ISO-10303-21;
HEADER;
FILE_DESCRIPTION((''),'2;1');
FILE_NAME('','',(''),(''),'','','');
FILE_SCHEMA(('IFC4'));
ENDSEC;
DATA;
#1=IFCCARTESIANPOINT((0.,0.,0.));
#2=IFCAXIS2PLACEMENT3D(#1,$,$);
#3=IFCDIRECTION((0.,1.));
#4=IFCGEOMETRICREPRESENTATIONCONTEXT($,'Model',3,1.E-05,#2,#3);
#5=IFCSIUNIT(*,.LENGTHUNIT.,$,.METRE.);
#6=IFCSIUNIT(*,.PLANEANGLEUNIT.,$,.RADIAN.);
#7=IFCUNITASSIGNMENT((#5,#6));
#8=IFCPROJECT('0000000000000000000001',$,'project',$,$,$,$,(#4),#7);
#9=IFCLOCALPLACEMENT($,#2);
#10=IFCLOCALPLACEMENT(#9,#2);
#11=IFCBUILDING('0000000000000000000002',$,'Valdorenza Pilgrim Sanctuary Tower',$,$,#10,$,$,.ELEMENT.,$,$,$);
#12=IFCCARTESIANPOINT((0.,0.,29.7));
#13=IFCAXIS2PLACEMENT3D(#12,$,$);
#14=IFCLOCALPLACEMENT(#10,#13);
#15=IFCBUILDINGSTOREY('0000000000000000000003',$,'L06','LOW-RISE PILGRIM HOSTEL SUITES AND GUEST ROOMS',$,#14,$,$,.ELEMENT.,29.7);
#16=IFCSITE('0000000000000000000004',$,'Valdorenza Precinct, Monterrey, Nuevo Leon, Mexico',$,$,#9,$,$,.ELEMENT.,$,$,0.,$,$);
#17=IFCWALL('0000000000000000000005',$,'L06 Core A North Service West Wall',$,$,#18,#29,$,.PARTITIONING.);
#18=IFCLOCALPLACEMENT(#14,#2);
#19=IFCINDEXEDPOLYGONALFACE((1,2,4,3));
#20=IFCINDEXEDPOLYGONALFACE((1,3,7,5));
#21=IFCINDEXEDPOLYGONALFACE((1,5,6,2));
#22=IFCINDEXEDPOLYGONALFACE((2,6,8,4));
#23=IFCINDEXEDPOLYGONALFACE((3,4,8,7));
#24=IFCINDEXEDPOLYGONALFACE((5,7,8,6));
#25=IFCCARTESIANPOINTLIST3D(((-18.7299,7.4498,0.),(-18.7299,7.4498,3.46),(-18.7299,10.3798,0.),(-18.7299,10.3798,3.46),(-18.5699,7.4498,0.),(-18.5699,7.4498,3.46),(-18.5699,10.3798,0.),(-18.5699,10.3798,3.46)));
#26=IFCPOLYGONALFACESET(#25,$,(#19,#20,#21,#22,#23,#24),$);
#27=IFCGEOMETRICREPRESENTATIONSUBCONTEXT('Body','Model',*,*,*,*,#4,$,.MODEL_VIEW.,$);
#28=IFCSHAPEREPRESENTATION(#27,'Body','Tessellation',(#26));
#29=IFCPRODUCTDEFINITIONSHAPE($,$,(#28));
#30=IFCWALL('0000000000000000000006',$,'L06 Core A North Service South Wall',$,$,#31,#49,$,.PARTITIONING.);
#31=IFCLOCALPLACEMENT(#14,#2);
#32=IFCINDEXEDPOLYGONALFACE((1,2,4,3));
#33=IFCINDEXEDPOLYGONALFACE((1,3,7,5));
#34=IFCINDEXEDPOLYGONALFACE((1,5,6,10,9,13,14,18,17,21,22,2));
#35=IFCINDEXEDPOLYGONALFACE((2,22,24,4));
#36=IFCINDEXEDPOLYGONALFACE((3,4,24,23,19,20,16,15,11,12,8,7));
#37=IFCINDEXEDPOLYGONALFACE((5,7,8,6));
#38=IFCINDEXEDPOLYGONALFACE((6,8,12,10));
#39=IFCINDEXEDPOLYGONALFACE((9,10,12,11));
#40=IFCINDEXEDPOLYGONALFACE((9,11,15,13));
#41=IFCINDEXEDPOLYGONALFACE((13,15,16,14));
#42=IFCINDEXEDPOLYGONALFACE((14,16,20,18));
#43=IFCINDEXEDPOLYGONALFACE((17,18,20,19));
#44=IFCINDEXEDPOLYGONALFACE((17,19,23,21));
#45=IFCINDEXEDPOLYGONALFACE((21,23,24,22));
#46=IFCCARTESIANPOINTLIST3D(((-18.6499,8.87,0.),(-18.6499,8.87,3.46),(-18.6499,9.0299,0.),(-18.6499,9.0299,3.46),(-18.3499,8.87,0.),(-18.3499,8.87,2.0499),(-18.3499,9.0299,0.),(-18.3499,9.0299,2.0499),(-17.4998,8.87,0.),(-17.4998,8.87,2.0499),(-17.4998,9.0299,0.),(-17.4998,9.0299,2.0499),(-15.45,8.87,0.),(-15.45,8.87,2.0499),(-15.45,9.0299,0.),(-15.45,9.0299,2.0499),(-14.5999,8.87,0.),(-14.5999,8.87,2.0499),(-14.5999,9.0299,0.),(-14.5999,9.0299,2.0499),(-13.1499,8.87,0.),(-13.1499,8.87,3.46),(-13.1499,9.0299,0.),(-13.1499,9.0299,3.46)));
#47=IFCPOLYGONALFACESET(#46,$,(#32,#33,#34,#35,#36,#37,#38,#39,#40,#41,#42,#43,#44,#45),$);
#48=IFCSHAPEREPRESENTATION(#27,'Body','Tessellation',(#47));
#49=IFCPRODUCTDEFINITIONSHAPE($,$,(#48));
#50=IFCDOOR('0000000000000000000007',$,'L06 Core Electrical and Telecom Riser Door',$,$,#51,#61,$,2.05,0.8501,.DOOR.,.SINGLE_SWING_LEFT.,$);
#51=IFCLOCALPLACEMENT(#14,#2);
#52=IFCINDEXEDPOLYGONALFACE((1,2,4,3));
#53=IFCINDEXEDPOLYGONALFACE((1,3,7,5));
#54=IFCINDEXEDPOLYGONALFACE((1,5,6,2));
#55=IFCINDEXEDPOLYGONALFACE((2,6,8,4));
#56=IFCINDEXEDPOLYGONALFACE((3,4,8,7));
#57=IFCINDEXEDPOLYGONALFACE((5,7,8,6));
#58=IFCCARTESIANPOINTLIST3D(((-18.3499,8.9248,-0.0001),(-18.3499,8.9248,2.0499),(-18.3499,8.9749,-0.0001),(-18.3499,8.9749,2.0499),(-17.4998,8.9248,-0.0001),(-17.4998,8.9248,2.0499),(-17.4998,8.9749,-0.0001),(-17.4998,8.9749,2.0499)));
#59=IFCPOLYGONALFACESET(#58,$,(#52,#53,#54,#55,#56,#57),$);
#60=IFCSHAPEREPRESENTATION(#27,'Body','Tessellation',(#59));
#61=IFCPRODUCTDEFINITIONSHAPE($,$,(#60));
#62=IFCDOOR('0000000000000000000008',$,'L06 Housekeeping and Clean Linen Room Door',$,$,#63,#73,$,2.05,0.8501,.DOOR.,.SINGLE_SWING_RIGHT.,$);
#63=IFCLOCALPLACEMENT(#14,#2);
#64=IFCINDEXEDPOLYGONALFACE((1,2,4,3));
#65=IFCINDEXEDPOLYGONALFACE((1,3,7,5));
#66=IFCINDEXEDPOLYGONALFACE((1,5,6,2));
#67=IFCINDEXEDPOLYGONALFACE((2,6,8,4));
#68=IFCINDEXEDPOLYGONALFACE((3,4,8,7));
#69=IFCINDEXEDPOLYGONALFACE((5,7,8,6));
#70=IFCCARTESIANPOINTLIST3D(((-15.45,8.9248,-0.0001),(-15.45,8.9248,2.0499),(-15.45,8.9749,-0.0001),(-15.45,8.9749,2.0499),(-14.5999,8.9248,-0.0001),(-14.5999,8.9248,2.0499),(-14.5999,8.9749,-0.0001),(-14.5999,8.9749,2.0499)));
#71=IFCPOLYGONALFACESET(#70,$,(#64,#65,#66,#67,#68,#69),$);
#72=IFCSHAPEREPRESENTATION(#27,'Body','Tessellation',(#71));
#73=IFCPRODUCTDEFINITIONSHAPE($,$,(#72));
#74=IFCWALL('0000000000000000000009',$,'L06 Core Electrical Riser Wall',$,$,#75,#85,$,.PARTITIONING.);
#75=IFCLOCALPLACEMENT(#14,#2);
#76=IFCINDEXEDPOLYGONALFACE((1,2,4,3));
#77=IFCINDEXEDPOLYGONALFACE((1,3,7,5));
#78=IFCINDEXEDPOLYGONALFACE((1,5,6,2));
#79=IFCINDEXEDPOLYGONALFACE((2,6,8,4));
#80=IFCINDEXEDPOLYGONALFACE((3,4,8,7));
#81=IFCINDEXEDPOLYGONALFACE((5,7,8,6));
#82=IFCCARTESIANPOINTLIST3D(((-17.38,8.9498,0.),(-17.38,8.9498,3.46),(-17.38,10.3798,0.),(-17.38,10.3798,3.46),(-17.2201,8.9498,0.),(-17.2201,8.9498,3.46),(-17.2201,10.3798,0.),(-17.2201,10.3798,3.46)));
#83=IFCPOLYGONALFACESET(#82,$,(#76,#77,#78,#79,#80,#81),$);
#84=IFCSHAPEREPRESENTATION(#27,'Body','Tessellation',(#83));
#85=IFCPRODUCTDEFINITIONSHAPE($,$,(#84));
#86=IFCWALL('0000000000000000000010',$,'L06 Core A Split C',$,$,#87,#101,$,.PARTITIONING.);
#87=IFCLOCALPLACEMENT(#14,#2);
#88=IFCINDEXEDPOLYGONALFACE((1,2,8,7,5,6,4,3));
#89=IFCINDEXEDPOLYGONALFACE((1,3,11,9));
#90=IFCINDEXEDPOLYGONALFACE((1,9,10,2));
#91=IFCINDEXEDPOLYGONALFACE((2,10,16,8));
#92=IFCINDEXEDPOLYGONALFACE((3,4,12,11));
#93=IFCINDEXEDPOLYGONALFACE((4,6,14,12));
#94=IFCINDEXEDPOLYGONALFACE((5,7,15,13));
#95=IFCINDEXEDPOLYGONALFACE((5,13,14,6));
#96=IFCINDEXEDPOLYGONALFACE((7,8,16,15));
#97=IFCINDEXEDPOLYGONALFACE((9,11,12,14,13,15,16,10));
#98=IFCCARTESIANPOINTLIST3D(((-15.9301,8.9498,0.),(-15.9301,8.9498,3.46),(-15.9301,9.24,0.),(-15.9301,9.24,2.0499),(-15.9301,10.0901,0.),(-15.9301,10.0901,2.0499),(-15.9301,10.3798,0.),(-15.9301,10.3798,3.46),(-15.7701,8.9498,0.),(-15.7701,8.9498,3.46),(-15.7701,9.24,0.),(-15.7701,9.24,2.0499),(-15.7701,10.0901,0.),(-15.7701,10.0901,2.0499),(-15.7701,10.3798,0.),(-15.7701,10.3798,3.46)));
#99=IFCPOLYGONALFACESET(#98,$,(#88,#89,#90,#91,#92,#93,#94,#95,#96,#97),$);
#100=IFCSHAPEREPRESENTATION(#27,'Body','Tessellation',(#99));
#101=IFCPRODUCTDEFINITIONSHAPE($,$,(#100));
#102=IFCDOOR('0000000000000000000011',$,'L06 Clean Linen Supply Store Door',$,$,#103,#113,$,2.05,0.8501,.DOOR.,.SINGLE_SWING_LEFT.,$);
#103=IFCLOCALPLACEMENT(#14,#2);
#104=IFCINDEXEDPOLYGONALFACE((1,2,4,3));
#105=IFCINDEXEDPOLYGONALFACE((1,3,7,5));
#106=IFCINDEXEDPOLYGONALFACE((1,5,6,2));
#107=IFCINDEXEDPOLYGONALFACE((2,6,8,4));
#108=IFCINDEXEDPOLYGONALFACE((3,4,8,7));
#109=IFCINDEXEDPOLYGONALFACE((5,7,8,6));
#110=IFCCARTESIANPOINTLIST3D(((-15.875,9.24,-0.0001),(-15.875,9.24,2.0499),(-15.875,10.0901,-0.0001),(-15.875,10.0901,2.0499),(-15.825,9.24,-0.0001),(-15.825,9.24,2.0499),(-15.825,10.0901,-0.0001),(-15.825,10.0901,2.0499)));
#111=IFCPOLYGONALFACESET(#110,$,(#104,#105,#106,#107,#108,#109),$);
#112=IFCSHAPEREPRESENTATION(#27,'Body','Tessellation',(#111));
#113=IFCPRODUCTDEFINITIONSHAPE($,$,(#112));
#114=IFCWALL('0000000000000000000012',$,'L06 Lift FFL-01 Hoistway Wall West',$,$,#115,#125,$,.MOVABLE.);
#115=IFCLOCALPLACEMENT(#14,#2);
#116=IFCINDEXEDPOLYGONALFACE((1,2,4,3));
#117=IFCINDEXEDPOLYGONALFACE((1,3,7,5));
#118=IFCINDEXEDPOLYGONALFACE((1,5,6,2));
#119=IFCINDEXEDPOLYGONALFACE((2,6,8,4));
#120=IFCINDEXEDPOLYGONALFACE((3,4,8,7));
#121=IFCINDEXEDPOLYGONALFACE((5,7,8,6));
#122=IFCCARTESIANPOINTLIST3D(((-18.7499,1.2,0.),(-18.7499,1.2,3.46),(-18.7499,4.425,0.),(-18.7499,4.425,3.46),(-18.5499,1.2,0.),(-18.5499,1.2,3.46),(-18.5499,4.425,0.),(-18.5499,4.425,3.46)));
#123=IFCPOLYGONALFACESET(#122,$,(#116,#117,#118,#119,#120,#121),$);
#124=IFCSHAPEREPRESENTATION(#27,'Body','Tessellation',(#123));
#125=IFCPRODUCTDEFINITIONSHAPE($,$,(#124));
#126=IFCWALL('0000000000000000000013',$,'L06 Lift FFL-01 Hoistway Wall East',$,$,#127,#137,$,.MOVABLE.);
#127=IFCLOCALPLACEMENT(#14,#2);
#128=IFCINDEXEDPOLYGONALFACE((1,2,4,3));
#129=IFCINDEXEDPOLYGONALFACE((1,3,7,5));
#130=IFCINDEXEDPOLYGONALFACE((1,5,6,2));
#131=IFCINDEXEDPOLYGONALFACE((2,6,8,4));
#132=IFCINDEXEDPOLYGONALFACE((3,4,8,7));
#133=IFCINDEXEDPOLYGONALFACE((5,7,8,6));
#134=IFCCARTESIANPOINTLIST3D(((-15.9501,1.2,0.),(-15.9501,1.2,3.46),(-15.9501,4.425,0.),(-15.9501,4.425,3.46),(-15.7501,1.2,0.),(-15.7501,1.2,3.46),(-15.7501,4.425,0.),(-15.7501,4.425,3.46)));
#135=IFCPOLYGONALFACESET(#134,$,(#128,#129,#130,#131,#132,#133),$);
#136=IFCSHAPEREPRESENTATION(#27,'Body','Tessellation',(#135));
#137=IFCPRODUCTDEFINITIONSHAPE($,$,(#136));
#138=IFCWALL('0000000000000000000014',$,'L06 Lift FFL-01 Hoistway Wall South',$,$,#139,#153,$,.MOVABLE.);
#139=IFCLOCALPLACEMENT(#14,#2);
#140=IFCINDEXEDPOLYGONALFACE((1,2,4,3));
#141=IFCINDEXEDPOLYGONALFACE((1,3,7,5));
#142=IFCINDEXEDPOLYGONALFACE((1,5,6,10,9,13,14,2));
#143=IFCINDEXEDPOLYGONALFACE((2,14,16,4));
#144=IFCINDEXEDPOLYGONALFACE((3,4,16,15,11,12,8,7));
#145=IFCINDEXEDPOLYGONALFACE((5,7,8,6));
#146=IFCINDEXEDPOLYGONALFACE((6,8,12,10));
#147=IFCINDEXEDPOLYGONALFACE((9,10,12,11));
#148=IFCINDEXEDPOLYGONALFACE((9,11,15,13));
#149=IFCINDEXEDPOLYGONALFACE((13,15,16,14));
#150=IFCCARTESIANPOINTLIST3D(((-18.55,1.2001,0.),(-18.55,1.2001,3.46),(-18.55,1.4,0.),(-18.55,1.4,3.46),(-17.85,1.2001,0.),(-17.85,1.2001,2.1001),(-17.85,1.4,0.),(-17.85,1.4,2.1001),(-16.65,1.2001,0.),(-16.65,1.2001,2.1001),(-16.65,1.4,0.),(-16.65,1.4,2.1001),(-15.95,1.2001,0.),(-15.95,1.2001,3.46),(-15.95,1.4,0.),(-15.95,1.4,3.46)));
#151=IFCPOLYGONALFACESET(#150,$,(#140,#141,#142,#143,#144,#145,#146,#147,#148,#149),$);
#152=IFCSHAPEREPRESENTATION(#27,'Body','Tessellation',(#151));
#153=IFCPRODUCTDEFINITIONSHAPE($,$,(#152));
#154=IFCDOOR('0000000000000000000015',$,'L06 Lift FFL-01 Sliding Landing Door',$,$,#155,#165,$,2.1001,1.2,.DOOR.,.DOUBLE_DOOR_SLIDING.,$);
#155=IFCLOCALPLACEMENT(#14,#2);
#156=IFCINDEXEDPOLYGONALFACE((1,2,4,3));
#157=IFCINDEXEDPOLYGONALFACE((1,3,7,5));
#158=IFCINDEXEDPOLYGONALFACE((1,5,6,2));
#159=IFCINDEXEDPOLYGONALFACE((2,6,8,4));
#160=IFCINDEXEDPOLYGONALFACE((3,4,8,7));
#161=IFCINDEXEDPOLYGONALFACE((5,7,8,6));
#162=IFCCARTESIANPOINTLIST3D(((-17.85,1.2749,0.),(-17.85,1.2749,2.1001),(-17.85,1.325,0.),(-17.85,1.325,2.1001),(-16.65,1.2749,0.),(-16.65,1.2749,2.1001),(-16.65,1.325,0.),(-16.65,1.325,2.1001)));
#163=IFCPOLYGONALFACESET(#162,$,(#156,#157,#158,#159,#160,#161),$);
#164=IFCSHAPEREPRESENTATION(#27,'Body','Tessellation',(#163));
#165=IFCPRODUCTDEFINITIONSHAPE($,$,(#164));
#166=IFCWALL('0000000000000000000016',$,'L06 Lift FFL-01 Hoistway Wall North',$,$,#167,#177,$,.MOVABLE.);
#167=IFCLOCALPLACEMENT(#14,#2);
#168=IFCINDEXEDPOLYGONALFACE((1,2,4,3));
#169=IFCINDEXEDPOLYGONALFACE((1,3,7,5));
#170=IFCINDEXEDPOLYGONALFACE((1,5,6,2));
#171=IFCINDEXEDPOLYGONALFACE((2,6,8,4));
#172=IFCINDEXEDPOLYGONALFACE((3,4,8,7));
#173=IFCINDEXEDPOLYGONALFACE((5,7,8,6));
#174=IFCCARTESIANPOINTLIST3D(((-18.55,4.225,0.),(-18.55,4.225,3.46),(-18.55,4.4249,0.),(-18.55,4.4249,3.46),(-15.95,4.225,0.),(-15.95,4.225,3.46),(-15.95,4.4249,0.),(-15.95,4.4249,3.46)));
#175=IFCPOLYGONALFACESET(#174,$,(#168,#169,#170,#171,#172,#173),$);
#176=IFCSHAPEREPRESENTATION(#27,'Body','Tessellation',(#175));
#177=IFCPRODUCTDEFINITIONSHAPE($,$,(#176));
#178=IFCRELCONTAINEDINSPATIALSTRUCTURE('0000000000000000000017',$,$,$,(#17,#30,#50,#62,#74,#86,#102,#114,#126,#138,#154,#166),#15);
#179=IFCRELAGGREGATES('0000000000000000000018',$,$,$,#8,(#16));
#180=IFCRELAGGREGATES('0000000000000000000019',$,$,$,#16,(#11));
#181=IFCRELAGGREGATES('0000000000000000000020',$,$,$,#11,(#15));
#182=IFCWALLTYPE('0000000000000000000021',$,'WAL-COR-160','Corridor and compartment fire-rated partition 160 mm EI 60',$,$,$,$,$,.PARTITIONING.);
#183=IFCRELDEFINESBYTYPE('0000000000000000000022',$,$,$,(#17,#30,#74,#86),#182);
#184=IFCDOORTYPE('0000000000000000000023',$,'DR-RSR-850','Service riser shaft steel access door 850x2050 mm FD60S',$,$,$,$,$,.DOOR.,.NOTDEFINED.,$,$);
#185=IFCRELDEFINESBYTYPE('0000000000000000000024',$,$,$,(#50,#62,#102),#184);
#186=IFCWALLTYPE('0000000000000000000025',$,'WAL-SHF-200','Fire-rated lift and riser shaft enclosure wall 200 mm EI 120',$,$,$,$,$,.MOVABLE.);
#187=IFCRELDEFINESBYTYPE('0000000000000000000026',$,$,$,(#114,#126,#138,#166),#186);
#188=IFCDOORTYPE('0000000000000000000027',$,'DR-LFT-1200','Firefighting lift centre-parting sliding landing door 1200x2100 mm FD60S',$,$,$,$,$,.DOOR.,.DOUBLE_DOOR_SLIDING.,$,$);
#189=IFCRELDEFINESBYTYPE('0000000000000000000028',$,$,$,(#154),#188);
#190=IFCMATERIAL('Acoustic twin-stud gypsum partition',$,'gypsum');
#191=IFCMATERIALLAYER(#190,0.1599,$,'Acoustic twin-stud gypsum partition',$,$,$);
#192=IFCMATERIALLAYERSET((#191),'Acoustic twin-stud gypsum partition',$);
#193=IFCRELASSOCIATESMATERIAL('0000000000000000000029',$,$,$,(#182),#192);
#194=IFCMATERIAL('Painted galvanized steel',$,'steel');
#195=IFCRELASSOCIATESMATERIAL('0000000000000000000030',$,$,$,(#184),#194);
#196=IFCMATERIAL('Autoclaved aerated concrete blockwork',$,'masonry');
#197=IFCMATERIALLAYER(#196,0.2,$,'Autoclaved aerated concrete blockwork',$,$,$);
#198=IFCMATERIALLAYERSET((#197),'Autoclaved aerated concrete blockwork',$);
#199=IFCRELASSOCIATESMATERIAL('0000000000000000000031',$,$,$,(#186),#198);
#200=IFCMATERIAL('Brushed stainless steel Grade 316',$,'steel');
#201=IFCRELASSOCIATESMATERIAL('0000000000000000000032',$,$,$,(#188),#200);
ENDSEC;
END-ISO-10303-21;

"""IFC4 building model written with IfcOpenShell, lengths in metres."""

from ifc_helpers import new_model, si_unit, direction, frame, frame_2d, origin, place, context, subcontext, project, spatial, rectangle, extrude, material, layer, layer_set, type_object, element, fill, save


model = new_model("IFC4")

# Units and contexts
model_context = context("Model", 3, precision=1e-05, world=origin(), true_north=direction((0.0, 1.0)))
body_context = subcontext(model_context, "Body", "Model", "MODEL_VIEW")
ifc_project = project(units=[si_unit("LENGTHUNIT", "METRE"), si_unit("PLANEANGLEUNIT", "RADIAN")], contexts=[model_context])

# Site, building, storey
site_placement = place(None, origin())
site = spatial("IfcSite", under=ifc_project, at=site_placement, Name="Valdorenza Precinct, Monterrey, Nuevo Leon, Mexico", CompositionType="ELEMENT", RefElevation=0.0)
building_placement = place(site_placement, origin())
building = spatial("IfcBuilding", under=site, at=building_placement, Name="Valdorenza Pilgrim Sanctuary Tower", CompositionType="ELEMENT")
storey_placement = place(building_placement, frame((0.0, 0.0, 29.7)))
storey = spatial("IfcBuildingStorey", under=building, at=storey_placement, Name="L06", Description="LOW-RISE PILGRIM HOSTEL SUITES AND GUEST ROOMS", CompositionType="ELEMENT", Elevation=29.7)

# Wall
ifc_material_1 = material(Name="Acoustic twin-stud gypsum partition", Category="gypsum")
ifc_layer_1 = layer(ifc_material_1, 0.1599, Name="Acoustic twin-stud gypsum partition")
ifc_layer_set_1 = layer_set([ifc_layer_1], Name="Acoustic twin-stud gypsum partition")
wall_type_1 = type_object("IfcWallType", Name="WAL-COR-160", Description="Corridor and compartment fire-rated partition 160 mm EI 60", PredefinedType="PARTITIONING", material=ifc_layer_set_1)
wall_1_placement = place(storey_placement, frame((-18.6499, 7.45, 0.0), z_axis=(0.0, 0.0, 1.0), x_axis=(0.0, 1.0, 0.0)))
element("IfcWall", 1, at=wall_1_placement, inside=storey, type_object=wall_type_1, Name="L06 Core A North Service West Wall", PredefinedType="PARTITIONING", context=body_context, shape_type="SweptSolid", body=[
    extrude(rectangle(XDim=2.9299, YDim=0.1599, at=frame_2d((1.4648, 0.0))), origin(), (0.0, 0.0, 1.0), 3.46),
])

# Wall, openings, doors
wall_2_placement = place(storey_placement, frame((-18.6499, 8.95, 0.0), z_axis=(0.0, 0.0, 1.0), x_axis=(1.0, 0.0, 0.0)))
wall_2 = element("IfcWall", 2, at=wall_2_placement, inside=storey, type_object=wall_type_1, Name="L06 Core A North Service South Wall", PredefinedType="PARTITIONING", context=body_context, shape_type="SweptSolid", body=[
    extrude(rectangle(XDim=5.5, YDim=0.1599, at=frame_2d((2.75, 0.0))), origin(), (0.0, 0.0, 1.0), 3.46),
])
opening_1_placement = place(wall_2_placement, frame((0.3, 0.0, 0.0)))
opening_1 = element("IfcOpeningElement", 3, at=opening_1_placement, cuts=wall_2, PredefinedType="OPENING", context=body_context, shape_type="SweptSolid", body=[
    extrude(rectangle(XDim=0.8501, YDim=2.05, at=frame_2d((0.425, 1.0249))), frame((0.0, 0.0947, 0.0), z_axis=(0.0, -1.0, 0.0), x_axis=(1.0, 0.0, 0.0)), (0.0, 0.0, 1.0), 0.1897),
])
opening_2_placement = place(wall_2_placement, frame((3.2, 0.0, 0.0)))
opening_2 = element("IfcOpeningElement", 4, at=opening_2_placement, cuts=wall_2, PredefinedType="OPENING", context=body_context, shape_type="SweptSolid", body=[
    extrude(rectangle(XDim=0.8501, YDim=2.05, at=frame_2d((0.425, 1.0249))), frame((0.0, 0.0947, 0.0), z_axis=(0.0, -1.0, 0.0), x_axis=(1.0, 0.0, 0.0)), (0.0, 0.0, 1.0), 0.1897),
])
ifc_material_2 = material(Name="Painted galvanized steel", Category="steel")
door_type_1 = type_object("IfcDoorType", Name="DR-RSR-850", Description="Service riser shaft steel access door 850x2050 mm FD60S", OperationType="NOTDEFINED", PredefinedType="DOOR", material=ifc_material_2)
door_1_placement = place(opening_1_placement, origin())
door_1 = element("IfcDoor", 5, at=door_1_placement, inside=storey, type_object=door_type_1, Name="L06 Core Electrical and Telecom Riser Door", OperationType="SINGLE_SWING_LEFT", OverallHeight=2.05, OverallWidth=0.8501, PredefinedType="DOOR", context=body_context, shape_type="SweptSolid", body=[
    extrude(rectangle(XDim=0.8501, YDim=2.05, at=frame_2d((0.425, 1.0249))), frame((0.0, 0.0249, 0.0), z_axis=(0.0, -1.0, 0.0), x_axis=(1.0, 0.0, 0.0)), (0.0, 0.0, 1.0), 0.05),
])
fill(opening_1, door_1)
door_2_placement = place(opening_2_placement, origin())
door_2 = element("IfcDoor", 6, at=door_2_placement, inside=storey, type_object=door_type_1, Name="L06 Housekeeping and Clean Linen Room Door", OperationType="SINGLE_SWING_RIGHT", OverallHeight=2.05, OverallWidth=0.8501, PredefinedType="DOOR", context=body_context, shape_type="SweptSolid", body=[
    extrude(rectangle(XDim=0.8501, YDim=2.05, at=frame_2d((0.425, 1.0249))), frame((0.0, 0.0249, 0.0), z_axis=(0.0, -1.0, 0.0), x_axis=(1.0, 0.0, 0.0)), (0.0, 0.0, 1.0), 0.05),
])
fill(opening_2, door_2)

# Wall
wall_3_placement = place(storey_placement, frame((-17.3, 8.95, 0.0), z_axis=(0.0, 0.0, 1.0), x_axis=(0.0, 1.0, 0.0)))
element("IfcWall", 7, at=wall_3_placement, inside=storey, type_object=wall_type_1, Name="L06 Core Electrical Riser Wall", PredefinedType="PARTITIONING", context=body_context, shape_type="SweptSolid", body=[
    extrude(rectangle(XDim=1.4299, YDim=0.1599, at=frame_2d((0.7148, 0.0))), origin(), (0.0, 0.0, 1.0), 3.46),
])

# Wall, opening, door
wall_4_placement = place(storey_placement, frame((-15.8501, 8.95, 0.0), z_axis=(0.0, 0.0, 1.0), x_axis=(0.0, 1.0, 0.0)))
wall_4 = element("IfcWall", 8, at=wall_4_placement, inside=storey, type_object=wall_type_1, Name="L06 Core A Split C", PredefinedType="PARTITIONING", context=body_context, shape_type="SweptSolid", body=[
    extrude(rectangle(XDim=1.4299, YDim=0.1599, at=frame_2d((0.7148, 0.0))), origin(), (0.0, 0.0, 1.0), 3.46),
])
opening_3_placement = place(wall_4_placement, frame((0.29, 0.0, 0.0)))
opening_3 = element("IfcOpeningElement", 9, at=opening_3_placement, cuts=wall_4, PredefinedType="OPENING", context=body_context, shape_type="SweptSolid", body=[
    extrude(rectangle(XDim=0.8501, YDim=2.05, at=frame_2d((0.425, 1.0249))), frame((0.0, 0.0947, 0.0), z_axis=(0.0, -1.0, 0.0), x_axis=(1.0, 0.0, 0.0)), (0.0, 0.0, 1.0), 0.1897),
])
door_3_placement = place(opening_3_placement, origin())
door_3 = element("IfcDoor", 10, at=door_3_placement, inside=storey, type_object=door_type_1, Name="L06 Clean Linen Supply Store Door", OperationType="SINGLE_SWING_LEFT", OverallHeight=2.05, OverallWidth=0.8501, PredefinedType="DOOR", context=body_context, shape_type="SweptSolid", body=[
    extrude(rectangle(XDim=0.8501, YDim=2.05, at=frame_2d((0.425, 1.0249))), frame((0.0, 0.0249, 0.0), z_axis=(0.0, -1.0, 0.0), x_axis=(1.0, 0.0, 0.0)), (0.0, 0.0, 1.0), 0.05),
])
fill(opening_3, door_3)

# Walls
ifc_material_3 = material(Name="Autoclaved aerated concrete blockwork", Category="masonry")
ifc_layer_2 = layer(ifc_material_3, 0.2, Name="Autoclaved aerated concrete blockwork")
ifc_layer_set_2 = layer_set([ifc_layer_2], Name="Autoclaved aerated concrete blockwork")
wall_type_2 = type_object("IfcWallType", Name="WAL-SHF-200", Description="Fire-rated lift and riser shaft enclosure wall 200 mm EI 120", PredefinedType="MOVABLE", material=ifc_layer_set_2)
for number, where, z_axis, x_axis, name in (
    (11, (-18.6499, 1.2, 0.0), (0.0, 0.0, 1.0), (0.0, 1.0, 0.0), "L06 Lift FFL-01 Hoistway Wall West"),
    (12, (-15.8501, 1.2, 0.0), (0.0, 0.0, 1.0), (0.0, 1.0, 0.0), "L06 Lift FFL-01 Hoistway Wall East"),
):
    element("IfcWall", number, at=place(storey_placement, frame(where, z_axis=z_axis, x_axis=x_axis)), inside=storey, type_object=wall_type_2, Name=name, PredefinedType="MOVABLE", context=body_context, shape_type="SweptSolid", body=[
        extrude(rectangle(XDim=3.2251, YDim=0.2, at=frame_2d((1.6125, 0.0))), origin(), (0.0, 0.0, 1.0), 3.46),
    ])

# Wall, opening, door
wall_5_placement = place(storey_placement, frame((-18.55, 1.3, 0.0), z_axis=(0.0, 0.0, 1.0), x_axis=(1.0, 0.0, 0.0)))
wall_5 = element("IfcWall", 13, at=wall_5_placement, inside=storey, type_object=wall_type_2, Name="L06 Lift FFL-01 Hoistway Wall South", PredefinedType="MOVABLE", context=body_context, shape_type="SweptSolid", body=[
    extrude(rectangle(XDim=2.6001, YDim=0.2, at=frame_2d((1.3, 0.0))), origin(), (0.0, 0.0, 1.0), 3.46),
])
opening_4_placement = place(wall_5_placement, frame((0.7, 0.0, 0.0)))
opening_4 = element("IfcOpeningElement", 14, at=opening_4_placement, cuts=wall_5, PredefinedType="OPENING", context=body_context, shape_type="SweptSolid", body=[
    extrude(rectangle(XDim=1.2, YDim=2.1001, at=frame_2d((0.6001, 1.05))), frame((0.0, 0.1147, 0.0), z_axis=(0.0, -1.0, 0.0), x_axis=(1.0, 0.0, 0.0)), (0.0, 0.0, 1.0), 0.2297),
])
ifc_material_4 = material(Name="Brushed stainless steel Grade 316", Category="steel")
door_type_2 = type_object("IfcDoorType", Name="DR-LFT-1200", Description="Firefighting lift centre-parting sliding landing door 1200x2100 mm FD60S", OperationType="DOUBLE_DOOR_SLIDING", PredefinedType="DOOR", material=ifc_material_4)
door_4_placement = place(opening_4_placement, origin())
door_4 = element("IfcDoor", 15, at=door_4_placement, inside=storey, type_object=door_type_2, Name="L06 Lift FFL-01 Sliding Landing Door", OperationType="DOUBLE_DOOR_SLIDING", OverallHeight=2.1001, OverallWidth=1.2, PredefinedType="DOOR", context=body_context, shape_type="SweptSolid", body=[
    extrude(rectangle(XDim=1.2, YDim=2.1001, at=frame_2d((0.6001, 1.05))), frame((0.0, 0.0249, 0.0), z_axis=(0.0, -1.0, 0.0), x_axis=(1.0, 0.0, 0.0)), (0.0, 0.0, 1.0), 0.05),
])
fill(opening_4, door_4)

# Wall
wall_6_placement = place(storey_placement, frame((-18.55, 4.325, 0.0), z_axis=(0.0, 0.0, 1.0), x_axis=(1.0, 0.0, 0.0)))
element("IfcWall", 16, at=wall_6_placement, inside=storey, type_object=wall_type_2, Name="L06 Lift FFL-01 Hoistway Wall North", PredefinedType="MOVABLE", context=body_context, shape_type="SweptSolid", body=[
    extrude(rectangle(XDim=2.6001, YDim=0.2, at=frame_2d((1.3, 0.0))), origin(), (0.0, 0.0, 1.0), 3.46),
])

save(model, "model.ifc")
